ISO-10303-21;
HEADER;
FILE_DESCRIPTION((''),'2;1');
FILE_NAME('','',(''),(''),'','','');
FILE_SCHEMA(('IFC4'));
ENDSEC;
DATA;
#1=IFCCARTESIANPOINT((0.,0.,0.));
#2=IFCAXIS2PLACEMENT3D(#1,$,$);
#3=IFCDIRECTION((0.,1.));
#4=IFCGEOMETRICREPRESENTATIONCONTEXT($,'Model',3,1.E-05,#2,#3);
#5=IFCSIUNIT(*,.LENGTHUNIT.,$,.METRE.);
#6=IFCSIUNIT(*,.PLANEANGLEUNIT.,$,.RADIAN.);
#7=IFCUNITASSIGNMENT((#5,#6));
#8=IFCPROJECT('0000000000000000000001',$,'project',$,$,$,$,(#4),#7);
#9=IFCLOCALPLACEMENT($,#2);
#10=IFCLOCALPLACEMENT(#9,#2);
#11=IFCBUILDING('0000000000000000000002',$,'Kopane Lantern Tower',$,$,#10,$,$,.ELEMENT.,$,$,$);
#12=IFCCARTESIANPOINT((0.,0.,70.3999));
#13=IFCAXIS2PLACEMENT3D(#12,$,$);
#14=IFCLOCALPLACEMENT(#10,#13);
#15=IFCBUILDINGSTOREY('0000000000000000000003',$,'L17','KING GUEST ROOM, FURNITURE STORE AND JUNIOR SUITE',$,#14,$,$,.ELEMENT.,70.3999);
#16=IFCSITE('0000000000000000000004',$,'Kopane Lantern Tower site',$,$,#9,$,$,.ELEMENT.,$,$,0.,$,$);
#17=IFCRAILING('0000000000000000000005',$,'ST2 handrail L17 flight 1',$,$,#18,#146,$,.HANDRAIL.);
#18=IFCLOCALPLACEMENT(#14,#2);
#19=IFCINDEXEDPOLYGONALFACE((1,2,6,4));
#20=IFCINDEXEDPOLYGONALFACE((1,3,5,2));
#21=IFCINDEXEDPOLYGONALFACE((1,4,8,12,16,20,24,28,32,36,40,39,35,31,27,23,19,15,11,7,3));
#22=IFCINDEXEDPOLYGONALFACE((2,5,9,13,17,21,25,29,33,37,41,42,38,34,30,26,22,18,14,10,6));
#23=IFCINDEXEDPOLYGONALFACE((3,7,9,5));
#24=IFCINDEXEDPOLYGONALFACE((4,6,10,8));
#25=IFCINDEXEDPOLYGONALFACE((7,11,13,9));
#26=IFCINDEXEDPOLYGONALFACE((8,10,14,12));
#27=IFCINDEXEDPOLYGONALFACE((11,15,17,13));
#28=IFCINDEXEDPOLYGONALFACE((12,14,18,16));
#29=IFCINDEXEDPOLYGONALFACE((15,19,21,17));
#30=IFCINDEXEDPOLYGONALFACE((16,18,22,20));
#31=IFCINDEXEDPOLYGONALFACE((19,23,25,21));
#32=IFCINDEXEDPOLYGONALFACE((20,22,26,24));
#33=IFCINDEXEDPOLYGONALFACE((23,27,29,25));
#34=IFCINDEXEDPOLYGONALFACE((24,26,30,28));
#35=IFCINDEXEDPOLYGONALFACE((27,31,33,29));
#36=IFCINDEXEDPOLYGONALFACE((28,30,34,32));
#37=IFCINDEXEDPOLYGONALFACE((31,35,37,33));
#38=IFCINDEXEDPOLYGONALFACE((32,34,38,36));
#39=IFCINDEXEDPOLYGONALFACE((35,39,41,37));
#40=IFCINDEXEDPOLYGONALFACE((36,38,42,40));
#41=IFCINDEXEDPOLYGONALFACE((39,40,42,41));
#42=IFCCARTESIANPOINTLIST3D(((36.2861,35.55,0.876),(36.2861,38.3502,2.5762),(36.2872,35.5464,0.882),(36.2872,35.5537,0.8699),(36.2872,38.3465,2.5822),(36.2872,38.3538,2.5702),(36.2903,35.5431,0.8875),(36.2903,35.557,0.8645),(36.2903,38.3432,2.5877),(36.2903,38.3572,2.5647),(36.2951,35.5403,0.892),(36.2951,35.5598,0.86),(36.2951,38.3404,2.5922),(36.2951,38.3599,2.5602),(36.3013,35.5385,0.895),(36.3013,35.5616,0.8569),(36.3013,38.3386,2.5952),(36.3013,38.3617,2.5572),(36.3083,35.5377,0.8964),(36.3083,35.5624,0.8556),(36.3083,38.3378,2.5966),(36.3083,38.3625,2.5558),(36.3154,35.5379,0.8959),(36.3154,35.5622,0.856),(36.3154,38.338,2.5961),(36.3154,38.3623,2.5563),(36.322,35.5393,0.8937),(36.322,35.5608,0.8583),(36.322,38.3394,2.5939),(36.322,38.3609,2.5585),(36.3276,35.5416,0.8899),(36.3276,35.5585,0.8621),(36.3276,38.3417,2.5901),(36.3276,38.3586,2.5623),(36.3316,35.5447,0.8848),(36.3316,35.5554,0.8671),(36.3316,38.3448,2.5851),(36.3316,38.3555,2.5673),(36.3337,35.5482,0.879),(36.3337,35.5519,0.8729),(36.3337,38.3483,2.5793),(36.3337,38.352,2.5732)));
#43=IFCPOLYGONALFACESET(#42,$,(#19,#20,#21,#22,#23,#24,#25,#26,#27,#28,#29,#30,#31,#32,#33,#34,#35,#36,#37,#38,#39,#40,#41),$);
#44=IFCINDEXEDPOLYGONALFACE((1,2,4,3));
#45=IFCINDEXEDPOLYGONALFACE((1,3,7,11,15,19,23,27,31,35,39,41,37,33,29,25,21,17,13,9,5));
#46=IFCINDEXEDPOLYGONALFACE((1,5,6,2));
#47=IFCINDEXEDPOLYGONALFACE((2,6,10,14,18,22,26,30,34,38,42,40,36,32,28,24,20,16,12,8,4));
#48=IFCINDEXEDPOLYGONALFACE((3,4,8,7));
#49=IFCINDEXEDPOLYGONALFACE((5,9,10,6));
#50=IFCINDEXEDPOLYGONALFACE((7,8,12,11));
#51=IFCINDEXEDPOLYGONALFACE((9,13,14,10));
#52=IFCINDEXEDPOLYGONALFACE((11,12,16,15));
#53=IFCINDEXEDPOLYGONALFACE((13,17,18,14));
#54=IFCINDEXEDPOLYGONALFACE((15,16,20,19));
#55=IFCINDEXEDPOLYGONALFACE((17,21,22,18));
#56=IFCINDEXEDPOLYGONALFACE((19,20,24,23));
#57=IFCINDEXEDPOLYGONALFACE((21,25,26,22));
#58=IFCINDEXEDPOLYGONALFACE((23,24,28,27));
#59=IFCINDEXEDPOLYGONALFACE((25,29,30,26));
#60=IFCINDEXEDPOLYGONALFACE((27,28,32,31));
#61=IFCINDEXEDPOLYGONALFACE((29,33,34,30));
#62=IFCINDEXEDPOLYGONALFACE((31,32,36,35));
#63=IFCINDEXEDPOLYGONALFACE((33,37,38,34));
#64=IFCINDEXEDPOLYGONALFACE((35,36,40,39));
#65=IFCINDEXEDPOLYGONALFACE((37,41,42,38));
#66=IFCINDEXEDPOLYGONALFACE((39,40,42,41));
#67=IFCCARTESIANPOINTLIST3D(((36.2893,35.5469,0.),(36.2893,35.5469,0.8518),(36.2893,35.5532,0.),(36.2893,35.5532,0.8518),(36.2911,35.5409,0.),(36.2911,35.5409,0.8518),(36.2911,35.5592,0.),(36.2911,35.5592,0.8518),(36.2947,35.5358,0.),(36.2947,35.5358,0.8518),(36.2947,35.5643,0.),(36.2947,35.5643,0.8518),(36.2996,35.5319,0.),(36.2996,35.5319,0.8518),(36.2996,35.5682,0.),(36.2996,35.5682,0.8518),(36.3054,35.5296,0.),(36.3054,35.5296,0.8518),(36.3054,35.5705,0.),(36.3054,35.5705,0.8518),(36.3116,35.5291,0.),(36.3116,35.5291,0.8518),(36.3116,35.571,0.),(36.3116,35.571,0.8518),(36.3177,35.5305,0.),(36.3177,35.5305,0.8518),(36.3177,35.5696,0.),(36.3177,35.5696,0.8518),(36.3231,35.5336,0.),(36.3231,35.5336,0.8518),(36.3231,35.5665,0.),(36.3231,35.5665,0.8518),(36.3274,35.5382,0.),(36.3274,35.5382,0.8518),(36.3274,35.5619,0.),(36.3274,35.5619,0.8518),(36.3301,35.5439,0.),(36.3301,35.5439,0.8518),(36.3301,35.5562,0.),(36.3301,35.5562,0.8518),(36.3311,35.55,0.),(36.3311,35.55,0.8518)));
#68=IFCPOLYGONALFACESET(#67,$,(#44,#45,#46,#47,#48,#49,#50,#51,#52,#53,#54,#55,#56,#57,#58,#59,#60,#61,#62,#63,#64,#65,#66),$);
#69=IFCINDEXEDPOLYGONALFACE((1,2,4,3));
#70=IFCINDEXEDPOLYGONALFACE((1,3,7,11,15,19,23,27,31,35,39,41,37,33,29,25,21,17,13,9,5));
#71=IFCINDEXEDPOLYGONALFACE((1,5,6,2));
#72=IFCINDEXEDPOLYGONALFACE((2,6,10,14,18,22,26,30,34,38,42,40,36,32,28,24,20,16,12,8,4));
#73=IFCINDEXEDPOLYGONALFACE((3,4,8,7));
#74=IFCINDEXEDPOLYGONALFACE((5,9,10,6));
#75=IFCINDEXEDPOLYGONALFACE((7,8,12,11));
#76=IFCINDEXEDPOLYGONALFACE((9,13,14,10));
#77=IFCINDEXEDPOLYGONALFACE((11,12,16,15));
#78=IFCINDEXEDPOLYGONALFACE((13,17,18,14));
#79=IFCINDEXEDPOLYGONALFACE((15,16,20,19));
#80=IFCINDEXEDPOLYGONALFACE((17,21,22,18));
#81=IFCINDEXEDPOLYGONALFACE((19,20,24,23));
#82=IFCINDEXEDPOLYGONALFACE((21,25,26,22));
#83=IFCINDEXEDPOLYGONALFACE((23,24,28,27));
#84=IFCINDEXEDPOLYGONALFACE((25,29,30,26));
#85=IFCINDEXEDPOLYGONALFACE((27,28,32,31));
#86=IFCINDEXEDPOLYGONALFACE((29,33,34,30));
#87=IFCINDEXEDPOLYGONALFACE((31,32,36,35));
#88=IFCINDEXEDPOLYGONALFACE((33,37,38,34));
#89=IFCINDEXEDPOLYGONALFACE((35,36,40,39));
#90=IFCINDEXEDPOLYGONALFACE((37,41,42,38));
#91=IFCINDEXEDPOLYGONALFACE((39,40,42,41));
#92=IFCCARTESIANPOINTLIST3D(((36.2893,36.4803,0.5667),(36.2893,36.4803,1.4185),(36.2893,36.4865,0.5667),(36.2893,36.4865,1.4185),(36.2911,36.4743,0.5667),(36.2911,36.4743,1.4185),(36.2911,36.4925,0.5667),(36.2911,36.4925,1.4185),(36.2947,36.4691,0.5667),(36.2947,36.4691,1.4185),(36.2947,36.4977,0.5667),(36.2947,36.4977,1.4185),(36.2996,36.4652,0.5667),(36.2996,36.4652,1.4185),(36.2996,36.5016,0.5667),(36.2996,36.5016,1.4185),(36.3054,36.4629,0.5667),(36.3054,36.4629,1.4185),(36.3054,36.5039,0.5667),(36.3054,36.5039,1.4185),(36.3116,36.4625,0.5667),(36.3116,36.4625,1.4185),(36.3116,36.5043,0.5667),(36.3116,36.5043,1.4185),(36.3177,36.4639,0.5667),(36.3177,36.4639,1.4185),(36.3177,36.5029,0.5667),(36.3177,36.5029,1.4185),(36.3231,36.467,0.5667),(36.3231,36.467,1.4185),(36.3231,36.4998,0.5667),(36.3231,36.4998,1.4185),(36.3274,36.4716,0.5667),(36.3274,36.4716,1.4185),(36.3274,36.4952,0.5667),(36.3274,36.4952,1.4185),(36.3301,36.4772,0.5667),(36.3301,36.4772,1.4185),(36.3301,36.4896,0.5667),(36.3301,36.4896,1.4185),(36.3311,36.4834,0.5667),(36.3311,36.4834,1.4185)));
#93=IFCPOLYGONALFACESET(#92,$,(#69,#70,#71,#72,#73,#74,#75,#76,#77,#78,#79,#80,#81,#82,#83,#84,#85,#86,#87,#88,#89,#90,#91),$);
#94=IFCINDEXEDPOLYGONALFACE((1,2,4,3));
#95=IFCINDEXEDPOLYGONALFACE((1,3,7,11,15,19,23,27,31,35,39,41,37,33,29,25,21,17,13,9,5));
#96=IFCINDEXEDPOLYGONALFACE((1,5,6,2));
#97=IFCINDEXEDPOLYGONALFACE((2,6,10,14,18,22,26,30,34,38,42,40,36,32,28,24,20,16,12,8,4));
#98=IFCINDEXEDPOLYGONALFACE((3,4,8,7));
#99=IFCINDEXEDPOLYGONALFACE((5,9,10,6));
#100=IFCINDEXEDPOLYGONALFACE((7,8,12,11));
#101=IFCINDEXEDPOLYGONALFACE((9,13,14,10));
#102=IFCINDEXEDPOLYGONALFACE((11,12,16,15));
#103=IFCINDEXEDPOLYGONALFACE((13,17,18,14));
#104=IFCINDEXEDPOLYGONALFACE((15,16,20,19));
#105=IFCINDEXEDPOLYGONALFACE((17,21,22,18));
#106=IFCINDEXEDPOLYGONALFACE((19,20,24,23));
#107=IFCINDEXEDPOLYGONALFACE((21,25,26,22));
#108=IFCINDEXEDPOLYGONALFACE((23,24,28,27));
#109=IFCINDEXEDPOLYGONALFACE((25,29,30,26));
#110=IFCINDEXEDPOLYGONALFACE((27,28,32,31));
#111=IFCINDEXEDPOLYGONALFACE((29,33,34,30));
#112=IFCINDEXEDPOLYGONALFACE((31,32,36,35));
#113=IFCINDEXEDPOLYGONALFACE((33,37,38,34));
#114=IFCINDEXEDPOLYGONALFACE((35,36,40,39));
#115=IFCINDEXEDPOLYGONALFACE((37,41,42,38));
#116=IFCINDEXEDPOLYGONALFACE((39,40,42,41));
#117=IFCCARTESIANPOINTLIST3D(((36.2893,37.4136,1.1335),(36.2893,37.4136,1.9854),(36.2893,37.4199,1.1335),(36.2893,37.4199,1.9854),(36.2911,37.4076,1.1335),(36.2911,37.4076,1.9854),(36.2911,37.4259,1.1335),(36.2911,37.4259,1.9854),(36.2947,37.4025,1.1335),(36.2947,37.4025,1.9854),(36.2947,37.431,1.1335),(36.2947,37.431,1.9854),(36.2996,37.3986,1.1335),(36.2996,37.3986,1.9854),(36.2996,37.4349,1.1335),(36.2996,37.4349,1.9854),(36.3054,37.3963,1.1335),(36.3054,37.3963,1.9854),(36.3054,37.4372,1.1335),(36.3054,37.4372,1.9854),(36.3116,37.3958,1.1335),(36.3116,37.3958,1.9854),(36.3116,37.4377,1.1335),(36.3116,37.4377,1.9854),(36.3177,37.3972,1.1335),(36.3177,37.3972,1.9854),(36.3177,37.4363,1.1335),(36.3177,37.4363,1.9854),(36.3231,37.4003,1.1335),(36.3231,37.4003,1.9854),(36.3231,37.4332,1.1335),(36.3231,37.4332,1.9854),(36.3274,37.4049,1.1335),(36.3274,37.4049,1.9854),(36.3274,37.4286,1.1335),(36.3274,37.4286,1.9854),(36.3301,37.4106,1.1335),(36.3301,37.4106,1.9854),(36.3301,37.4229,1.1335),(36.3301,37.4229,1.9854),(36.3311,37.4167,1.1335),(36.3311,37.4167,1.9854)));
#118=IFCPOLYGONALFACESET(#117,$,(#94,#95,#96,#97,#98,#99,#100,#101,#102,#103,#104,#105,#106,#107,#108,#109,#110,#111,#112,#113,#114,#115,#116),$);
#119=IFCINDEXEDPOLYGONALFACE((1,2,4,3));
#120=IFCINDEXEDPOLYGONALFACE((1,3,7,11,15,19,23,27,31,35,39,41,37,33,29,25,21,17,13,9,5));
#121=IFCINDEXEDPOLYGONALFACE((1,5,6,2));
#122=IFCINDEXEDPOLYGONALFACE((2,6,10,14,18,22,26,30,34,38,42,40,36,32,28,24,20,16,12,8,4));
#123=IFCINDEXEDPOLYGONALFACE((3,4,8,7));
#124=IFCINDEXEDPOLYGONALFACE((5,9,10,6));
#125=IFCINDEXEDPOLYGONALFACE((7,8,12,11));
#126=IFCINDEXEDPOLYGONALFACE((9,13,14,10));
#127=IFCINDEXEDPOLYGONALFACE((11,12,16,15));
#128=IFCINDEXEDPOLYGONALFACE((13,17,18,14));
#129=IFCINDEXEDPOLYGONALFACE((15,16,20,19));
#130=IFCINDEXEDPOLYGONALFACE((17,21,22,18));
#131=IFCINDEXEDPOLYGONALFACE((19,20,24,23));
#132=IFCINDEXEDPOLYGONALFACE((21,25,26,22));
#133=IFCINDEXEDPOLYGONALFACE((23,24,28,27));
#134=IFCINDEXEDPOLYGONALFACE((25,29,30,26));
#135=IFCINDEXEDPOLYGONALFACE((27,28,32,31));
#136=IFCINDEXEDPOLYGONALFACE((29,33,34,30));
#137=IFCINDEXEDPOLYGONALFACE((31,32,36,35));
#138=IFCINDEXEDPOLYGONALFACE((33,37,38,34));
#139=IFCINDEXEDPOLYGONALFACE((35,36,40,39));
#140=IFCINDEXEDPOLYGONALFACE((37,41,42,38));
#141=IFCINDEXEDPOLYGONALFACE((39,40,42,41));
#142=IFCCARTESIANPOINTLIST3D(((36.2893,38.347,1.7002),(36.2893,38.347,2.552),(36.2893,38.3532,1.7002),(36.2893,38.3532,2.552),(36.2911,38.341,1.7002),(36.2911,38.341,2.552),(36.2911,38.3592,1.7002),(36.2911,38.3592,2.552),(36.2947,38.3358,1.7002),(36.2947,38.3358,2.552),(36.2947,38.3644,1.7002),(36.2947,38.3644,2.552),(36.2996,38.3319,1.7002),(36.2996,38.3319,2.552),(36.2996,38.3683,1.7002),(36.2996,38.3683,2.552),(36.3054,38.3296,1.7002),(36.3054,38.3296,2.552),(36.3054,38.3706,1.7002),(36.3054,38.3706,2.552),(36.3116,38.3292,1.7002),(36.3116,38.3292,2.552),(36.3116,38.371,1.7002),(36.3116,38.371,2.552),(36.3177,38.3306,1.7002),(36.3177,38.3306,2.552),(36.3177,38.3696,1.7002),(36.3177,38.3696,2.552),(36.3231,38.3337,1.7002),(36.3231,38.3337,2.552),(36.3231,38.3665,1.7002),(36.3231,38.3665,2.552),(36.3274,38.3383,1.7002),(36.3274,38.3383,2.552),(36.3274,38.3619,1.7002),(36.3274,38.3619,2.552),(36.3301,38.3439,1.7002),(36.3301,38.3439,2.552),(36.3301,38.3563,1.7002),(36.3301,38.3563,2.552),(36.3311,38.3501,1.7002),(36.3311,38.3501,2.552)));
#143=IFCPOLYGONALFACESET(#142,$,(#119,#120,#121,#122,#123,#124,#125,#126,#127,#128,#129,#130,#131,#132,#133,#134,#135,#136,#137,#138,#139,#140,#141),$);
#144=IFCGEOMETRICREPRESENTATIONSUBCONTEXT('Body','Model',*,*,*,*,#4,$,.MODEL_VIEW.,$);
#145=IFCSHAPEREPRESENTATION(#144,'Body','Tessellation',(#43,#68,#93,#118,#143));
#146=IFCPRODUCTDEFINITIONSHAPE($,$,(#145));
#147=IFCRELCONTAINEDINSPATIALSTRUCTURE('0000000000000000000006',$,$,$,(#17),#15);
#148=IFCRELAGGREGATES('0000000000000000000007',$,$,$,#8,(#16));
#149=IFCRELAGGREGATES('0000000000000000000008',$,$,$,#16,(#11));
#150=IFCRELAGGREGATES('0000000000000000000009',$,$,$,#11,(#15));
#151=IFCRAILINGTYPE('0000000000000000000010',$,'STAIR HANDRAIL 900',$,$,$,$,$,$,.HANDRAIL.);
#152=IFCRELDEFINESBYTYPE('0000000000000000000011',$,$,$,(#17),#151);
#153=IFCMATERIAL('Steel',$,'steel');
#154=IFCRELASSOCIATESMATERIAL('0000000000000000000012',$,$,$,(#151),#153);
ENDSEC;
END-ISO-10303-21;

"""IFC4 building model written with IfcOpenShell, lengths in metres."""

from ifc_helpers import new_model, si_unit, direction, frame, origin, origin_2d, place, context, subcontext, project, spatial, circle, extrude, material, type_object, element, save


model = new_model("IFC4")

# Units and contexts
model_context = context("Model", 3, precision=1e-05, world=origin(), true_north=direction((0.0, 1.0)))
body_context = subcontext(model_context, "Body", "Model", "MODEL_VIEW")
ifc_project = project(units=[si_unit("LENGTHUNIT", "METRE"), si_unit("PLANEANGLEUNIT", "RADIAN")], contexts=[model_context])

# Site, building, storey
site_placement = place(None, origin())
site = spatial("IfcSite", under=ifc_project, at=site_placement, Name="Kopane Lantern Tower site", CompositionType="ELEMENT", RefElevation=0.0)
building_placement = place(site_placement, origin())
building = spatial("IfcBuilding", under=site, at=building_placement, Name="Kopane Lantern Tower", CompositionType="ELEMENT")
storey_placement = place(building_placement, frame((0.0, 0.0, 70.3999)))
storey = spatial("IfcBuildingStorey", under=building, at=storey_placement, Name="L17", Description="KING GUEST ROOM, FURNITURE STORE AND JUNIOR SUITE", CompositionType="ELEMENT", Elevation=70.3999)

# Railing
ifc_material_1 = material(Name="Steel", Category="steel")
railing_type_1 = type_object("IfcRailingType", Name="STAIR HANDRAIL 900", PredefinedType="HANDRAIL", material=ifc_material_1)
for number, where, name in (
    (1, (36.3101, 35.55, 0.0), "ST2 handrail L17 flight 1"),
):
    element("IfcRailing", number, at=place(storey_placement, frame(where)), inside=storey, type_object=railing_type_1, Name=name, PredefinedType="HANDRAIL", context=body_context, shape_type="SweptSolid", body=[
        extrude(circle(Radius=0.0239, at=origin_2d()), frame((0.0, 0.0, 0.876), z_axis=(0.0, 0.854765, 0.519015), x_axis=(-1.0, 0.0, 0.0)), (0.0, 0.0, 1.0), 3.2759),
        extrude(circle(Radius=0.021, at=origin_2d()), origin(), (0.0, 0.0, 1.0), 0.8518),
        extrude(circle(Radius=0.021, at=origin_2d()), frame((0.0, 0.9333, 0.5667)), (0.0, 0.0, 1.0), 0.8518),
        extrude(circle(Radius=0.021, at=origin_2d()), frame((0.0, 1.8667, 1.1335)), (0.0, 0.0, 1.0), 0.8518),
        extrude(circle(Radius=0.021, at=origin_2d()), frame((0.0, 2.8, 1.7002)), (0.0, 0.0, 1.0), 0.8518),
    ])

save(model, "model.ifc")
